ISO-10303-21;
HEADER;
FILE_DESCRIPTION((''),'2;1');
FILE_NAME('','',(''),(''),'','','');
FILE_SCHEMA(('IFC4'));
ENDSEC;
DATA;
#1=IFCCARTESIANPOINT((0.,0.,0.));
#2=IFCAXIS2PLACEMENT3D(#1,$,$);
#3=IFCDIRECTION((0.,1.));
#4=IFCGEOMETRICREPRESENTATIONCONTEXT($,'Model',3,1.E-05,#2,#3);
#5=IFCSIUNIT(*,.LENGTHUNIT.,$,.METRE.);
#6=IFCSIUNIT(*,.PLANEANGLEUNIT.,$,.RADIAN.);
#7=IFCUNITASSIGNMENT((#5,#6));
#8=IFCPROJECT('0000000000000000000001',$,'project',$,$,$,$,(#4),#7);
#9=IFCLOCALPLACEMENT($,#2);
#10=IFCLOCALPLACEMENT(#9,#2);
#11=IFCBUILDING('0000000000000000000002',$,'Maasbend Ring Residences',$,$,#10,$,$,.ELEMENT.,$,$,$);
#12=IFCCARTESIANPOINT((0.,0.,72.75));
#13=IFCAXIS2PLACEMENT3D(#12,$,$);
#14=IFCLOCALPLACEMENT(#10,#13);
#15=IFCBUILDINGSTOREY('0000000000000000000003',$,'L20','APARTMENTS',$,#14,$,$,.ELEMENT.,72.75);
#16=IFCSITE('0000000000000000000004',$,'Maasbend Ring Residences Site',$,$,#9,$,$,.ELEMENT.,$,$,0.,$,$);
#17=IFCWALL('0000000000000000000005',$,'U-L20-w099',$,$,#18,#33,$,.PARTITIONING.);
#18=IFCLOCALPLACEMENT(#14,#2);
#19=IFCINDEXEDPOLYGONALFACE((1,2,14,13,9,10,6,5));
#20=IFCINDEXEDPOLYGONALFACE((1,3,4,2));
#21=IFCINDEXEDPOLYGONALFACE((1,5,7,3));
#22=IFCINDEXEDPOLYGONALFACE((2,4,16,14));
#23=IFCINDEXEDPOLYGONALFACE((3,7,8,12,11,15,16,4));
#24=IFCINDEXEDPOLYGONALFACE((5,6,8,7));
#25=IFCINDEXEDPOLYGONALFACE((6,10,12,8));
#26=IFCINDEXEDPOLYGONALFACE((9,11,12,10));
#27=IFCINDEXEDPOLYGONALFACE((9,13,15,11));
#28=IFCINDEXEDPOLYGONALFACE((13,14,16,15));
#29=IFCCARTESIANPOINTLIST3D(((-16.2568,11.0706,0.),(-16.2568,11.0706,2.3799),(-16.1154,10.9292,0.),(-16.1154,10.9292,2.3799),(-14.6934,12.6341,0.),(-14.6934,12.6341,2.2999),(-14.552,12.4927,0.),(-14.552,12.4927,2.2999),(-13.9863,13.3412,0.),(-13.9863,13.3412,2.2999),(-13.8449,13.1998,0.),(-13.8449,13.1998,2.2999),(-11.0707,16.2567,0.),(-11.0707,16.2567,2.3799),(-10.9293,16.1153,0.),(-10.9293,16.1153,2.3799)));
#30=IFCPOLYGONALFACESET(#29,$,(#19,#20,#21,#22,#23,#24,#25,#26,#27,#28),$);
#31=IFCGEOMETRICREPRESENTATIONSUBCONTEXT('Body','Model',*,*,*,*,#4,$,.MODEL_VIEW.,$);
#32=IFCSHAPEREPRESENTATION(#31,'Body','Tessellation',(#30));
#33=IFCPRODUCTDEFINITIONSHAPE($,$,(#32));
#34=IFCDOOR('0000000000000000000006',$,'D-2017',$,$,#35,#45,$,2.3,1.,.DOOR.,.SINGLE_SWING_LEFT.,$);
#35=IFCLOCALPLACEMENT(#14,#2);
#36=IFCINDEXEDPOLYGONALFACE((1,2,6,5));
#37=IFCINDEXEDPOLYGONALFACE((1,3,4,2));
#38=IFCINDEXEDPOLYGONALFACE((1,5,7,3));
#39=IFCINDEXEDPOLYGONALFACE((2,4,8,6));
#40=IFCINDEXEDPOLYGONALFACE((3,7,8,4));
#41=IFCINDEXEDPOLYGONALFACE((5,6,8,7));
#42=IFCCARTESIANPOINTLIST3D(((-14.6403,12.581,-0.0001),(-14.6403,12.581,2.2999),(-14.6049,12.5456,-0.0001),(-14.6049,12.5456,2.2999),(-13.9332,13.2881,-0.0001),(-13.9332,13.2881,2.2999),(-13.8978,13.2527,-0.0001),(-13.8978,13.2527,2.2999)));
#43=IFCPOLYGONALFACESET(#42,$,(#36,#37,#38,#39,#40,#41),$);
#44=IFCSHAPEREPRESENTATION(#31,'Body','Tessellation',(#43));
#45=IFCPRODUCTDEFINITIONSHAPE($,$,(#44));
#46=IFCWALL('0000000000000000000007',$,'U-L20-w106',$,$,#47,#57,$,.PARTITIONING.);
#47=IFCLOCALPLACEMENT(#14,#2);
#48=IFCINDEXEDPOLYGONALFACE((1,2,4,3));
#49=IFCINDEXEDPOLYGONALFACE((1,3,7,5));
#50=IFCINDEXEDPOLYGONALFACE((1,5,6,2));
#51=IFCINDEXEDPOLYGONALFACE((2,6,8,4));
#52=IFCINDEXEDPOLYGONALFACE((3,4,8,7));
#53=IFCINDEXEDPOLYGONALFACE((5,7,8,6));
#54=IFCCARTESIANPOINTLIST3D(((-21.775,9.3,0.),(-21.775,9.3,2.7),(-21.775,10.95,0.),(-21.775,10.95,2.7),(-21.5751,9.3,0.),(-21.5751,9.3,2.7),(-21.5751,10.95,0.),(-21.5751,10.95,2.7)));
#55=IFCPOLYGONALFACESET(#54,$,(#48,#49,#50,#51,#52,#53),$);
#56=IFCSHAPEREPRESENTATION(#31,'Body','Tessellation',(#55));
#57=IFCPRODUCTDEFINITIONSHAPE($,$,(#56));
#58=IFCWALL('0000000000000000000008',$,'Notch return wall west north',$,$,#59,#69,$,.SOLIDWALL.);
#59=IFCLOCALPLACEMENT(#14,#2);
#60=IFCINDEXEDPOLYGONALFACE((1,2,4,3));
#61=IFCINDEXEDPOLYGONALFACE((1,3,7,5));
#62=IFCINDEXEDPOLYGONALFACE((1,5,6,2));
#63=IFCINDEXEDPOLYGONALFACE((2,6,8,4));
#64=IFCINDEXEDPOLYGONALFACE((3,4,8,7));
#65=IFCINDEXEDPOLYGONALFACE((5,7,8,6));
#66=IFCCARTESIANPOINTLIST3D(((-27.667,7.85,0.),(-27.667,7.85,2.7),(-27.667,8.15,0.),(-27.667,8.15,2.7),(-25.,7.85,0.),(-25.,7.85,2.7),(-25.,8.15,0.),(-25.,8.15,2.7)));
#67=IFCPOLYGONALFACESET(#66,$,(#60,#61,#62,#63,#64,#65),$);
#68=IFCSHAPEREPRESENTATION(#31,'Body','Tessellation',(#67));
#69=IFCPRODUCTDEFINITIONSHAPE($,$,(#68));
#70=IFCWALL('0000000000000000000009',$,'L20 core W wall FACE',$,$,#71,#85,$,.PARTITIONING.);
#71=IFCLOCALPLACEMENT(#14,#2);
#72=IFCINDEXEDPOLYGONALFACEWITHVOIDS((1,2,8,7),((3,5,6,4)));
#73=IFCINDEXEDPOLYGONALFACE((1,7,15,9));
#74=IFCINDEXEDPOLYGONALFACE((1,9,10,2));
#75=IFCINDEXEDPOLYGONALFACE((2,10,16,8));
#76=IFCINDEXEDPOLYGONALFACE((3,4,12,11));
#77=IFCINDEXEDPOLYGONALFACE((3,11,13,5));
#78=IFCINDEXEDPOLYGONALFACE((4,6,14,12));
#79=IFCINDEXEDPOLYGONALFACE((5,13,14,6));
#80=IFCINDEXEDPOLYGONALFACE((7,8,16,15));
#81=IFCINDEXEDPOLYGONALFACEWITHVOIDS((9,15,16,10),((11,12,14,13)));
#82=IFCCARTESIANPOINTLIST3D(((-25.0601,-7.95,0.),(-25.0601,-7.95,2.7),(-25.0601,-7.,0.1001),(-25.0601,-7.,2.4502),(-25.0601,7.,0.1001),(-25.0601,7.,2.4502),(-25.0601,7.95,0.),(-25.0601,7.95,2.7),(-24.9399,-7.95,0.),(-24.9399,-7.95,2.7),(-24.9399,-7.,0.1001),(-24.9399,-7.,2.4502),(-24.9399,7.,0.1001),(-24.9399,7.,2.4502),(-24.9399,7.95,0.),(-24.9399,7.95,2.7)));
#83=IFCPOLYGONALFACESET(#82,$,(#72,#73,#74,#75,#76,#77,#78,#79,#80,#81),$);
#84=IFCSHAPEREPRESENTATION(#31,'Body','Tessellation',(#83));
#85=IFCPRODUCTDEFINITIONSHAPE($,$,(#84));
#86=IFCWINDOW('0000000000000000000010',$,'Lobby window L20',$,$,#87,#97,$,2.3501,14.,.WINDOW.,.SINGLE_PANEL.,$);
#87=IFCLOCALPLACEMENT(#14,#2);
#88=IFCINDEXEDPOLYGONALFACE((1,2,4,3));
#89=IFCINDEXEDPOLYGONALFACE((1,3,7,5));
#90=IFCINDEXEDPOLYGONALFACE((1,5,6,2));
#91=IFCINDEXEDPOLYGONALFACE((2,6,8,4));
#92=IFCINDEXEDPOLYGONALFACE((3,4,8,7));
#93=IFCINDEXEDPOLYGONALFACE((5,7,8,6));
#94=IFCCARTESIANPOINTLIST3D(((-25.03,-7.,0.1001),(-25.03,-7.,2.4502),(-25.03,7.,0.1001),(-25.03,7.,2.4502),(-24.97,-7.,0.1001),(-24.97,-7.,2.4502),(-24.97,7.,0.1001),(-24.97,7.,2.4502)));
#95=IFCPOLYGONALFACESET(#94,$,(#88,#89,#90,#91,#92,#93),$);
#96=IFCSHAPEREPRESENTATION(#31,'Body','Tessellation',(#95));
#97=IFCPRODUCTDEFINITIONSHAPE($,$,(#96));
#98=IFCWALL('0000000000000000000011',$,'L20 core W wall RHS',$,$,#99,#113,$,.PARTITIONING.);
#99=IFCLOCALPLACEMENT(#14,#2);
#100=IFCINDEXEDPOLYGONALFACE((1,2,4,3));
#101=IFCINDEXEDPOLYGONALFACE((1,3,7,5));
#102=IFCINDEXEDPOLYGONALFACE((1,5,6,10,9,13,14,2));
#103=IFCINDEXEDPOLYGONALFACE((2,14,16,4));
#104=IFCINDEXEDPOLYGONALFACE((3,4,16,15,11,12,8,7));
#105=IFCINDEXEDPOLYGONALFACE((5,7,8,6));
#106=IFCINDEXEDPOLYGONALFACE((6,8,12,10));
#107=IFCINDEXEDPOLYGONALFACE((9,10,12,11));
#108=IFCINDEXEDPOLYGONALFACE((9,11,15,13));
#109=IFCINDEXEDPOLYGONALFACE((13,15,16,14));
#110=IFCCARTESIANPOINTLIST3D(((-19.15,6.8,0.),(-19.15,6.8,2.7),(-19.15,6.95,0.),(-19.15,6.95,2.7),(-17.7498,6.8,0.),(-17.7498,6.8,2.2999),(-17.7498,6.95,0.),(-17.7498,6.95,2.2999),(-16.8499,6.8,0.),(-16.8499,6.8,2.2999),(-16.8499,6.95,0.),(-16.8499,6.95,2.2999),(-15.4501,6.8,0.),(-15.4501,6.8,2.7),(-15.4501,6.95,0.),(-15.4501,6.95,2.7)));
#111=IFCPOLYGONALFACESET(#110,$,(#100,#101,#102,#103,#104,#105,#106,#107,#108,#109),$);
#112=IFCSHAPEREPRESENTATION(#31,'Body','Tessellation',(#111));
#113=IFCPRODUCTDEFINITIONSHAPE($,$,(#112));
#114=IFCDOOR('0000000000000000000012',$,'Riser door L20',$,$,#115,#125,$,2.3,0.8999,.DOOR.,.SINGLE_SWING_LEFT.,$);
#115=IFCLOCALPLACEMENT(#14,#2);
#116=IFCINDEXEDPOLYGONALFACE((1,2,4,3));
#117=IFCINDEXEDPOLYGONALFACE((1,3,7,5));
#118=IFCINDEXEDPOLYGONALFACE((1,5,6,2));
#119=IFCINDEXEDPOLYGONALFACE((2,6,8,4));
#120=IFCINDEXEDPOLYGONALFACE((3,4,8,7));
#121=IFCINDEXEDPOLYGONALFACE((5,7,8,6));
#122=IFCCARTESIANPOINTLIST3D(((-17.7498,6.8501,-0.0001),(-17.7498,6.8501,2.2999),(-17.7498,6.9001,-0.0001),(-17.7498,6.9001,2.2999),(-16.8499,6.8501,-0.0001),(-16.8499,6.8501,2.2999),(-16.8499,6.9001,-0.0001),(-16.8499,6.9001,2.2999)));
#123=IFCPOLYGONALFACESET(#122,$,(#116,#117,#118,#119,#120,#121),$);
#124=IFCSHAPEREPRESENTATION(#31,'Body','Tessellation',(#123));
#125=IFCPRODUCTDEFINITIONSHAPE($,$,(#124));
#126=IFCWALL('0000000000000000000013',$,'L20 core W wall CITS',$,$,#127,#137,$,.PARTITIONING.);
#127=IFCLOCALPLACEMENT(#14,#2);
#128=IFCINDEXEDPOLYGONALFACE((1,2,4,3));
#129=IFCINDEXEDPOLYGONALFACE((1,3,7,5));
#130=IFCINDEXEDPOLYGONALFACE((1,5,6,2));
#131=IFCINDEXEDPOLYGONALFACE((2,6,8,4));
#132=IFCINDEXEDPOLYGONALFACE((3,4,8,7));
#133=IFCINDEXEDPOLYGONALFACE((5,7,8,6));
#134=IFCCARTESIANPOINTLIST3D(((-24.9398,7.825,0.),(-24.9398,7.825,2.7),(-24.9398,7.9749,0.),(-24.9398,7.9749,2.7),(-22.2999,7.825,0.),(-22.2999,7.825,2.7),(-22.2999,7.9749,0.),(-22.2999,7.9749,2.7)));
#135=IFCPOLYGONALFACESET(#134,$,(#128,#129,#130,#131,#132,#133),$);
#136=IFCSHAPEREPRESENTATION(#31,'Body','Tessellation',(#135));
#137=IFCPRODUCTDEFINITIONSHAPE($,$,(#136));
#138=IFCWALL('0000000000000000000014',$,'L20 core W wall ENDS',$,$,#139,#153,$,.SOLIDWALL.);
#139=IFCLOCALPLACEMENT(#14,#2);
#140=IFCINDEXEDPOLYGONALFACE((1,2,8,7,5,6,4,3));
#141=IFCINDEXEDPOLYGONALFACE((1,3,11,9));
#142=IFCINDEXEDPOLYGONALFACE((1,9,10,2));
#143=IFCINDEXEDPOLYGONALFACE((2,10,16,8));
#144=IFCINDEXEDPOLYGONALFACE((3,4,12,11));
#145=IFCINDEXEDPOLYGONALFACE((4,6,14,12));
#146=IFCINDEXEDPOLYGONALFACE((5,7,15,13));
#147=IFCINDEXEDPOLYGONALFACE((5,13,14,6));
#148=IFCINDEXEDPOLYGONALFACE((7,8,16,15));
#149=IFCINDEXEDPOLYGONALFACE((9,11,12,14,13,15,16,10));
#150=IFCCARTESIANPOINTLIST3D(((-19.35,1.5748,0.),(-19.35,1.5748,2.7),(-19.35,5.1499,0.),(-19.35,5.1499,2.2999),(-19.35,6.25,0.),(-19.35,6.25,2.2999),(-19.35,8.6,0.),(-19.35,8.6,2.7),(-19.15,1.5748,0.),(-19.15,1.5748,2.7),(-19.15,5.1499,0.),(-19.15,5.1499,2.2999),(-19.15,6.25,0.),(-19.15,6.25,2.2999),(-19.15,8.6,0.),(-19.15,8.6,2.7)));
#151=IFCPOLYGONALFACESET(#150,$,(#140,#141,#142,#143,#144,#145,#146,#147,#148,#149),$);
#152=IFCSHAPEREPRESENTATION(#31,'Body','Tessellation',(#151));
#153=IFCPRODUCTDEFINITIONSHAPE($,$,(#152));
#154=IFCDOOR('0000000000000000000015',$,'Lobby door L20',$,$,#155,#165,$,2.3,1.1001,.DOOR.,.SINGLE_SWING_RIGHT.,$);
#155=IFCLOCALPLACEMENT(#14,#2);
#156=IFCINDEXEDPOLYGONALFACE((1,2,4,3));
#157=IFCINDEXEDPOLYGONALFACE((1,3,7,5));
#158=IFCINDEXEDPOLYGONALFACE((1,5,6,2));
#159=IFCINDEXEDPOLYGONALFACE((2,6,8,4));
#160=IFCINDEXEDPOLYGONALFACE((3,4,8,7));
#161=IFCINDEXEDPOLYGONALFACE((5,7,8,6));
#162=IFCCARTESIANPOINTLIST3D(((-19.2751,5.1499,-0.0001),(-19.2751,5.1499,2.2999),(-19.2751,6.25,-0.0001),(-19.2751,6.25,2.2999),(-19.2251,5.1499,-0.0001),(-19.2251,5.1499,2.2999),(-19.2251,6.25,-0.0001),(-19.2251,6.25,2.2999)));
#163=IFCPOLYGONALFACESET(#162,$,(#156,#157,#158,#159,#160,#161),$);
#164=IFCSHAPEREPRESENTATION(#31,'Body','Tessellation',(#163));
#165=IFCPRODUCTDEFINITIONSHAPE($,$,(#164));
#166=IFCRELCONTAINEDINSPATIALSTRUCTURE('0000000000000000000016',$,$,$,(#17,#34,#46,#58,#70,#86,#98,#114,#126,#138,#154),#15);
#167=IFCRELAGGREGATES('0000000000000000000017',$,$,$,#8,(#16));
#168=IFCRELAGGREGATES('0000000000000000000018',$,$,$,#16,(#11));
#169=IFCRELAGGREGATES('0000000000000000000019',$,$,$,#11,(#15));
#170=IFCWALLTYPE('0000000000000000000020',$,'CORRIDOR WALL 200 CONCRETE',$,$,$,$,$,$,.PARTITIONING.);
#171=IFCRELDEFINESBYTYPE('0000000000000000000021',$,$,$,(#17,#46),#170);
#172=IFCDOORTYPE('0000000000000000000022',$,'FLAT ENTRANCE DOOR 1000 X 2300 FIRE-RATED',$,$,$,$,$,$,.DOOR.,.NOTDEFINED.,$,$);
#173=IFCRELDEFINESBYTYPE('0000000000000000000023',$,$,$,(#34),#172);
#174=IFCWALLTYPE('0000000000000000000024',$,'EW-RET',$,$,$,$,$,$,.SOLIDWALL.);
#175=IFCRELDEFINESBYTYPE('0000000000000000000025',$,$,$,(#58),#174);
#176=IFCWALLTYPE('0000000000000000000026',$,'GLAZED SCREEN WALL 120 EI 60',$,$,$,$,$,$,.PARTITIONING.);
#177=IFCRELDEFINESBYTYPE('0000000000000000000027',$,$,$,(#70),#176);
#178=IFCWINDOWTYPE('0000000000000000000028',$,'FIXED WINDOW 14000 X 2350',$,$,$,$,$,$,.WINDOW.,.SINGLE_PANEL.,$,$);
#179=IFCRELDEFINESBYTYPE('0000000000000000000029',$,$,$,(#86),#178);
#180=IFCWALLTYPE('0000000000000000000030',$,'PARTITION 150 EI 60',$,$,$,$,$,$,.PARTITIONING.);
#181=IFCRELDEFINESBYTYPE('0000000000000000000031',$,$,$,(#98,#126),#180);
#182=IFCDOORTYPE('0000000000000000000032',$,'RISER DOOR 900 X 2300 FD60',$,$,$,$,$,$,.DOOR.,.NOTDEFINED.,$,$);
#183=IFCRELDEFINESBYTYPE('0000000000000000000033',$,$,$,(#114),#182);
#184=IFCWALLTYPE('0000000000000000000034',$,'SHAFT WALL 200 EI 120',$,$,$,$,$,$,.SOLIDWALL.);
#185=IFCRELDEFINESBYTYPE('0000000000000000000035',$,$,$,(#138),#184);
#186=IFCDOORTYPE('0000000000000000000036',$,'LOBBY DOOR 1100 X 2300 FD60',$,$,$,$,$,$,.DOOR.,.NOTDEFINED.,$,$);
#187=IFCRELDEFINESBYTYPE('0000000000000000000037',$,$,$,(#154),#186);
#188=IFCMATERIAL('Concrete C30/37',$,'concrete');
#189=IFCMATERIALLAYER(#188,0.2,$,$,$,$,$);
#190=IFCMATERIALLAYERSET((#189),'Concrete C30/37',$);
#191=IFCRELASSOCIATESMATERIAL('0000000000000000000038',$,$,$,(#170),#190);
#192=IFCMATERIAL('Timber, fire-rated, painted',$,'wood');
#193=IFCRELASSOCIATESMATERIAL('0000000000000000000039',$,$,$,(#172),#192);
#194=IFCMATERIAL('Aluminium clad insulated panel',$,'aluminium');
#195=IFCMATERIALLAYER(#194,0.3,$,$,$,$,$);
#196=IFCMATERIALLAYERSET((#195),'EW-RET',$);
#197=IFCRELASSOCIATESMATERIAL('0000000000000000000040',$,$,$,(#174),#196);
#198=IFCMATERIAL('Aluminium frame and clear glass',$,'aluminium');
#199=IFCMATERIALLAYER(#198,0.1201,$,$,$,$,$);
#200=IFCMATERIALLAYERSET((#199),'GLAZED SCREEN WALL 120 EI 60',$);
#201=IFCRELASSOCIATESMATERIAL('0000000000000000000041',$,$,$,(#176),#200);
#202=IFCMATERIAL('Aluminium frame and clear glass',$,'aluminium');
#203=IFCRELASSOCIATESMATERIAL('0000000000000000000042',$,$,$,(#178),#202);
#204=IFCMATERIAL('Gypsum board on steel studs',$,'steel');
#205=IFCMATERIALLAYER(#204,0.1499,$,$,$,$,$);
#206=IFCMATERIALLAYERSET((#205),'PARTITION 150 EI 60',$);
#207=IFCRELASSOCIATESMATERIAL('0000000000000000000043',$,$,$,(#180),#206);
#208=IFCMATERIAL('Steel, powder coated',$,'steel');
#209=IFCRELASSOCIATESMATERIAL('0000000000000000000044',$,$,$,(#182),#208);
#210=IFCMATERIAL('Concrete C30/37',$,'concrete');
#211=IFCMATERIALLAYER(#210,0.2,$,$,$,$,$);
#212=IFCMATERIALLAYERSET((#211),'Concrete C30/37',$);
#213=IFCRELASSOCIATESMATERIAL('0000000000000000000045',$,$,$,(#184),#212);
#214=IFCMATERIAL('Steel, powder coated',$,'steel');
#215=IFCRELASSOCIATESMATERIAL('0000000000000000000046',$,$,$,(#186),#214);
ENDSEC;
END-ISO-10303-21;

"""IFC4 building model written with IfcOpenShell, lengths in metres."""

from ifc_helpers import new_model, si_unit, direction, frame, frame_2d, origin, place, context, subcontext, project, spatial, rectangle, extrude, material, layer, layer_set, type_object, element, fill, save


model = new_model("IFC4")

# Units and contexts
model_context = context("Model", 3, precision=1e-05, world=origin(), true_north=direction((0.0, 1.0)))
body_context = subcontext(model_context, "Body", "Model", "MODEL_VIEW")
ifc_project = project(units=[si_unit("LENGTHUNIT", "METRE"), si_unit("PLANEANGLEUNIT", "RADIAN")], contexts=[model_context])

# Site, building, storey
site_placement = place(None, origin())
site = spatial("IfcSite", under=ifc_project, at=site_placement, Name="Maasbend Ring Residences Site", CompositionType="ELEMENT", RefElevation=0.0)
building_placement = place(site_placement, origin())
building = spatial("IfcBuilding", under=site, at=building_placement, Name="Maasbend Ring Residences", CompositionType="ELEMENT")
storey_placement = place(building_placement, frame((0.0, 0.0, 72.75)))
storey = spatial("IfcBuildingStorey", under=building, at=storey_placement, Name="L20", Description="APARTMENTS", CompositionType="ELEMENT", Elevation=72.75)

# Wall, opening, door
ifc_material_1 = material(Name="Concrete C30/37", Category="concrete")
ifc_layer_1 = layer(ifc_material_1, 0.2)
ifc_layer_set_1 = layer_set([ifc_layer_1], Name="Concrete C30/37")
wall_type_1 = type_object("IfcWallType", Name="CORRIDOR WALL 200 CONCRETE", PredefinedType="PARTITIONING", material=ifc_layer_set_1)
wall_1_placement = place(storey_placement, frame((-16.186, 11.0, 0.0), z_axis=(0.0, 0.0, 1.0), x_axis=(0.707107, 0.707107, 0.0)))
wall_1 = element("IfcWall", 1, at=wall_1_placement, inside=storey, type_object=wall_type_1, Name="U-L20-w099", PredefinedType="PARTITIONING", context=body_context, shape_type="SweptSolid", body=[
    extrude(rectangle(XDim=7.3342, YDim=0.2, at=frame_2d((3.667, 0.0))), origin(), (0.0, 0.0, 1.0), 2.3799),
])
opening_1_placement = place(wall_1_placement, frame((2.2109, 0.0, 0.0)))
opening_1 = element("IfcOpeningElement", 2, at=opening_1_placement, cuts=wall_1, PredefinedType="OPENING", context=body_context, shape_type="SweptSolid", body=[
    extrude(rectangle(XDim=1.0, YDim=2.3, at=frame_2d((0.5, 1.1499))), frame((0.0, 0.1099, 0.0), z_axis=(0.0, -1.0, 0.0), x_axis=(1.0, 0.0, 0.0)), (0.0, 0.0, 1.0), 0.22),
])
ifc_material_2 = material(Name="Timber, fire-rated, painted", Category="wood")
door_type_1 = type_object("IfcDoorType", Name="FLAT ENTRANCE DOOR 1000 X 2300 FIRE-RATED", OperationType="NOTDEFINED", PredefinedType="DOOR", material=ifc_material_2)
door_1_placement = place(opening_1_placement, origin())
door_1 = element("IfcDoor", 3, at=door_1_placement, inside=storey, type_object=door_type_1, Name="D-2017", OperationType="SINGLE_SWING_LEFT", OverallHeight=2.3, OverallWidth=1.0, PredefinedType="DOOR", context=body_context, shape_type="SweptSolid", body=[
    extrude(rectangle(XDim=1.0, YDim=2.3, at=frame_2d((0.5, 1.1499))), frame((0.0, 0.0249, 0.0), z_axis=(0.0, -1.0, 0.0), x_axis=(1.0, 0.0, 0.0)), (0.0, 0.0, 1.0), 0.05),
])
fill(opening_1, door_1)

# Walls
wall_2_placement = place(storey_placement, frame((-21.675, 9.3, 0.0), z_axis=(0.0, 0.0, 1.0), x_axis=(0.0, 1.0, 0.0)))
element("IfcWall", 4, at=wall_2_placement, inside=storey, type_object=wall_type_1, Name="U-L20-w106", PredefinedType="PARTITIONING", context=body_context, shape_type="SweptSolid", body=[
    extrude(rectangle(XDim=1.6499, YDim=0.2, at=frame_2d((0.825, 0.0))), origin(), (0.0, 0.0, 1.0), 2.7),
])
ifc_material_3 = material(Name="Aluminium clad insulated panel", Category="aluminium")
ifc_layer_2 = layer(ifc_material_3, 0.3)
ifc_layer_set_2 = layer_set([ifc_layer_2], Name="EW-RET")
wall_type_2 = type_object("IfcWallType", Name="EW-RET", PredefinedType="SOLIDWALL", material=ifc_layer_set_2)
wall_3_placement = place(storey_placement, frame((-25.0, 8.0, 0.0), z_axis=(0.0, 0.0, 1.0), x_axis=(-1.0, 0.0, 0.0)))
element("IfcWall", 5, at=wall_3_placement, inside=storey, type_object=wall_type_2, Name="Notch return wall west north", PredefinedType="SOLIDWALL", context=body_context, shape_type="SweptSolid", body=[
    extrude(rectangle(XDim=2.667, YDim=0.3, at=frame_2d((1.3335, 0.0))), origin(), (0.0, 0.0, 1.0), 2.7),
])

# Wall, opening, window
ifc_material_4 = material(Name="Aluminium frame and clear glass", Category="aluminium")
ifc_layer_3 = layer(ifc_material_4, 0.1201)
ifc_layer_set_3 = layer_set([ifc_layer_3], Name="GLAZED SCREEN WALL 120 EI 60")
wall_type_3 = type_object("IfcWallType", Name="GLAZED SCREEN WALL 120 EI 60", PredefinedType="PARTITIONING", material=ifc_layer_set_3)
wall_4_placement = place(storey_placement, frame((-25.0, 7.95, 0.0), z_axis=(0.0, 0.0, 1.0), x_axis=(0.0, -1.0, 0.0)))
wall_4 = element("IfcWall", 6, at=wall_4_placement, inside=storey, type_object=wall_type_3, Name="L20 core W wall FACE", PredefinedType="PARTITIONING", context=body_context, shape_type="SweptSolid", body=[
    extrude(rectangle(XDim=15.8999, YDim=0.1201, at=frame_2d((7.95, 0.0))), origin(), (0.0, 0.0, 1.0), 2.7),
])
opening_2_placement = place(wall_4_placement, frame((0.95, 0.0, 0.1001)))
opening_2 = element("IfcOpeningElement", 7, at=opening_2_placement, cuts=wall_4, PredefinedType="OPENING", context=body_context, shape_type="SweptSolid", body=[
    extrude(rectangle(XDim=14.0, YDim=2.3501, at=frame_2d((7.0, 1.175))), frame((0.0, 0.0701, 0.0), z_axis=(0.0, -1.0, 0.0), x_axis=(1.0, 0.0, 0.0)), (0.0, 0.0, 1.0), 0.1401),
])
ifc_material_5 = material(Name="Aluminium frame and clear glass", Category="aluminium")
window_type = type_object("IfcWindowType", Name="FIXED WINDOW 14000 X 2350", PartitioningType="SINGLE_PANEL", PredefinedType="WINDOW", material=ifc_material_5)
window_placement = place(opening_2_placement, origin())
window = element("IfcWindow", 8, at=window_placement, inside=storey, type_object=window_type, Name="Lobby window L20", OverallHeight=2.3501, OverallWidth=14.0, PartitioningType="SINGLE_PANEL", PredefinedType="WINDOW", context=body_context, shape_type="SweptSolid", body=[
    extrude(rectangle(XDim=14.0, YDim=2.3501, at=frame_2d((7.0, 1.175))), frame((0.0, 0.03, 0.0), z_axis=(0.0, -1.0, 0.0), x_axis=(1.0, 0.0, 0.0)), (0.0, 0.0, 1.0), 0.0601),
])
fill(opening_2, window)

# Wall, opening, door
ifc_material_6 = material(Name="Gypsum board on steel studs", Category="steel")
ifc_layer_4 = layer(ifc_material_6, 0.1499)
ifc_layer_set_4 = layer_set([ifc_layer_4], Name="PARTITION 150 EI 60")
wall_type_4 = type_object("IfcWallType", Name="PARTITION 150 EI 60", PredefinedType="PARTITIONING", material=ifc_layer_set_4)
wall_5_placement = place(storey_placement, frame((-15.45, 6.875, 0.0), z_axis=(0.0, 0.0, 1.0), x_axis=(-1.0, 0.0, 0.0)))
wall_5 = element("IfcWall", 9, at=wall_5_placement, inside=storey, type_object=wall_type_4, Name="L20 core W wall RHS", PredefinedType="PARTITIONING", context=body_context, shape_type="SweptSolid", body=[
    extrude(rectangle(XDim=3.7, YDim=0.1499, at=frame_2d((1.8501, 0.0))), origin(), (0.0, 0.0, 1.0), 2.7),
])
opening_3_placement = place(wall_5_placement, frame((1.3999, 0.0, 0.0)))
opening_3 = element("IfcOpeningElement", 10, at=opening_3_placement, cuts=wall_5, PredefinedType="OPENING", context=body_context, shape_type="SweptSolid", body=[
    extrude(rectangle(XDim=0.8999, YDim=2.3, at=frame_2d((0.45, 1.1499))), frame((0.0, 0.085, 0.0), z_axis=(0.0, -1.0, 0.0), x_axis=(1.0, 0.0, 0.0)), (0.0, 0.0, 1.0), 0.1699),
])
ifc_material_7 = material(Name="Steel, powder coated", Category="steel")
door_type_2 = type_object("IfcDoorType", Name="RISER DOOR 900 X 2300 FD60", OperationType="NOTDEFINED", PredefinedType="DOOR", material=ifc_material_7)
door_2_placement = place(opening_3_placement, origin())
door_2 = element("IfcDoor", 11, at=door_2_placement, inside=storey, type_object=door_type_2, Name="Riser door L20", OperationType="SINGLE_SWING_LEFT", OverallHeight=2.3, OverallWidth=0.8999, PredefinedType="DOOR", context=body_context, shape_type="SweptSolid", body=[
    extrude(rectangle(XDim=0.8999, YDim=2.3, at=frame_2d((0.45, 1.1499))), frame((0.0, 0.0249, 0.0), z_axis=(0.0, -1.0, 0.0), x_axis=(1.0, 0.0, 0.0)), (0.0, 0.0, 1.0), 0.05),
])
fill(opening_3, door_2)

# Wall
wall_6_placement = place(storey_placement, frame((-22.3, 7.8999, 0.0), z_axis=(0.0, 0.0, 1.0), x_axis=(-1.0, 0.0, 0.0)))
element("IfcWall", 12, at=wall_6_placement, inside=storey, type_object=wall_type_4, Name="L20 core W wall CITS", PredefinedType="PARTITIONING", context=body_context, shape_type="SweptSolid", body=[
    extrude(rectangle(XDim=2.6399, YDim=0.1499, at=frame_2d((1.3198, 0.0))), origin(), (0.0, 0.0, 1.0), 2.7),
])

# Wall, opening, door
ifc_material_8 = material(Name="Concrete C30/37", Category="concrete")
ifc_layer_5 = layer(ifc_material_8, 0.2)
ifc_layer_set_5 = layer_set([ifc_layer_5], Name="Concrete C30/37")
wall_type_5 = type_object("IfcWallType", Name="SHAFT WALL 200 EI 120", PredefinedType="SOLIDWALL", material=ifc_layer_set_5)
wall_7_placement = place(storey_placement, frame((-19.25, 8.6001, 0.0), z_axis=(0.0, 0.0, 1.0), x_axis=(0.0, -1.0, 0.0)))
wall_7 = element("IfcWall", 13, at=wall_7_placement, inside=storey, type_object=wall_type_5, Name="L20 core W wall ENDS", PredefinedType="SOLIDWALL", context=body_context, shape_type="SweptSolid", body=[
    extrude(rectangle(XDim=7.0251, YDim=0.2, at=frame_2d((3.5127, 0.0))), origin(), (0.0, 0.0, 1.0), 2.7),
])
opening_4_placement = place(wall_7_placement, frame((2.3501, 0.0, 0.0)))
opening_4 = element("IfcOpeningElement", 14, at=opening_4_placement, cuts=wall_7, PredefinedType="OPENING", context=body_context, shape_type="SweptSolid", body=[
    extrude(rectangle(XDim=1.1001, YDim=2.3, at=frame_2d((0.55, 1.1499))), frame((0.0, 0.1099, 0.0), z_axis=(0.0, -1.0, 0.0), x_axis=(1.0, 0.0, 0.0)), (0.0, 0.0, 1.0), 0.22),
])
ifc_material_9 = material(Name="Steel, powder coated", Category="steel")
door_type_3 = type_object("IfcDoorType", Name="LOBBY DOOR 1100 X 2300 FD60", OperationType="NOTDEFINED", PredefinedType="DOOR", material=ifc_material_9)
door_3_placement = place(opening_4_placement, origin())
door_3 = element("IfcDoor", 15, at=door_3_placement, inside=storey, type_object=door_type_3, Name="Lobby door L20", OperationType="SINGLE_SWING_RIGHT", OverallHeight=2.3, OverallWidth=1.1001, PredefinedType="DOOR", context=body_context, shape_type="SweptSolid", body=[
    extrude(rectangle(XDim=1.1001, YDim=2.3, at=frame_2d((0.55, 1.1499))), frame((0.0, 0.0249, 0.0), z_axis=(0.0, -1.0, 0.0), x_axis=(1.0, 0.0, 0.0)), (0.0, 0.0, 1.0), 0.05),
])
fill(opening_4, door_3)

save(model, "model.ifc")
